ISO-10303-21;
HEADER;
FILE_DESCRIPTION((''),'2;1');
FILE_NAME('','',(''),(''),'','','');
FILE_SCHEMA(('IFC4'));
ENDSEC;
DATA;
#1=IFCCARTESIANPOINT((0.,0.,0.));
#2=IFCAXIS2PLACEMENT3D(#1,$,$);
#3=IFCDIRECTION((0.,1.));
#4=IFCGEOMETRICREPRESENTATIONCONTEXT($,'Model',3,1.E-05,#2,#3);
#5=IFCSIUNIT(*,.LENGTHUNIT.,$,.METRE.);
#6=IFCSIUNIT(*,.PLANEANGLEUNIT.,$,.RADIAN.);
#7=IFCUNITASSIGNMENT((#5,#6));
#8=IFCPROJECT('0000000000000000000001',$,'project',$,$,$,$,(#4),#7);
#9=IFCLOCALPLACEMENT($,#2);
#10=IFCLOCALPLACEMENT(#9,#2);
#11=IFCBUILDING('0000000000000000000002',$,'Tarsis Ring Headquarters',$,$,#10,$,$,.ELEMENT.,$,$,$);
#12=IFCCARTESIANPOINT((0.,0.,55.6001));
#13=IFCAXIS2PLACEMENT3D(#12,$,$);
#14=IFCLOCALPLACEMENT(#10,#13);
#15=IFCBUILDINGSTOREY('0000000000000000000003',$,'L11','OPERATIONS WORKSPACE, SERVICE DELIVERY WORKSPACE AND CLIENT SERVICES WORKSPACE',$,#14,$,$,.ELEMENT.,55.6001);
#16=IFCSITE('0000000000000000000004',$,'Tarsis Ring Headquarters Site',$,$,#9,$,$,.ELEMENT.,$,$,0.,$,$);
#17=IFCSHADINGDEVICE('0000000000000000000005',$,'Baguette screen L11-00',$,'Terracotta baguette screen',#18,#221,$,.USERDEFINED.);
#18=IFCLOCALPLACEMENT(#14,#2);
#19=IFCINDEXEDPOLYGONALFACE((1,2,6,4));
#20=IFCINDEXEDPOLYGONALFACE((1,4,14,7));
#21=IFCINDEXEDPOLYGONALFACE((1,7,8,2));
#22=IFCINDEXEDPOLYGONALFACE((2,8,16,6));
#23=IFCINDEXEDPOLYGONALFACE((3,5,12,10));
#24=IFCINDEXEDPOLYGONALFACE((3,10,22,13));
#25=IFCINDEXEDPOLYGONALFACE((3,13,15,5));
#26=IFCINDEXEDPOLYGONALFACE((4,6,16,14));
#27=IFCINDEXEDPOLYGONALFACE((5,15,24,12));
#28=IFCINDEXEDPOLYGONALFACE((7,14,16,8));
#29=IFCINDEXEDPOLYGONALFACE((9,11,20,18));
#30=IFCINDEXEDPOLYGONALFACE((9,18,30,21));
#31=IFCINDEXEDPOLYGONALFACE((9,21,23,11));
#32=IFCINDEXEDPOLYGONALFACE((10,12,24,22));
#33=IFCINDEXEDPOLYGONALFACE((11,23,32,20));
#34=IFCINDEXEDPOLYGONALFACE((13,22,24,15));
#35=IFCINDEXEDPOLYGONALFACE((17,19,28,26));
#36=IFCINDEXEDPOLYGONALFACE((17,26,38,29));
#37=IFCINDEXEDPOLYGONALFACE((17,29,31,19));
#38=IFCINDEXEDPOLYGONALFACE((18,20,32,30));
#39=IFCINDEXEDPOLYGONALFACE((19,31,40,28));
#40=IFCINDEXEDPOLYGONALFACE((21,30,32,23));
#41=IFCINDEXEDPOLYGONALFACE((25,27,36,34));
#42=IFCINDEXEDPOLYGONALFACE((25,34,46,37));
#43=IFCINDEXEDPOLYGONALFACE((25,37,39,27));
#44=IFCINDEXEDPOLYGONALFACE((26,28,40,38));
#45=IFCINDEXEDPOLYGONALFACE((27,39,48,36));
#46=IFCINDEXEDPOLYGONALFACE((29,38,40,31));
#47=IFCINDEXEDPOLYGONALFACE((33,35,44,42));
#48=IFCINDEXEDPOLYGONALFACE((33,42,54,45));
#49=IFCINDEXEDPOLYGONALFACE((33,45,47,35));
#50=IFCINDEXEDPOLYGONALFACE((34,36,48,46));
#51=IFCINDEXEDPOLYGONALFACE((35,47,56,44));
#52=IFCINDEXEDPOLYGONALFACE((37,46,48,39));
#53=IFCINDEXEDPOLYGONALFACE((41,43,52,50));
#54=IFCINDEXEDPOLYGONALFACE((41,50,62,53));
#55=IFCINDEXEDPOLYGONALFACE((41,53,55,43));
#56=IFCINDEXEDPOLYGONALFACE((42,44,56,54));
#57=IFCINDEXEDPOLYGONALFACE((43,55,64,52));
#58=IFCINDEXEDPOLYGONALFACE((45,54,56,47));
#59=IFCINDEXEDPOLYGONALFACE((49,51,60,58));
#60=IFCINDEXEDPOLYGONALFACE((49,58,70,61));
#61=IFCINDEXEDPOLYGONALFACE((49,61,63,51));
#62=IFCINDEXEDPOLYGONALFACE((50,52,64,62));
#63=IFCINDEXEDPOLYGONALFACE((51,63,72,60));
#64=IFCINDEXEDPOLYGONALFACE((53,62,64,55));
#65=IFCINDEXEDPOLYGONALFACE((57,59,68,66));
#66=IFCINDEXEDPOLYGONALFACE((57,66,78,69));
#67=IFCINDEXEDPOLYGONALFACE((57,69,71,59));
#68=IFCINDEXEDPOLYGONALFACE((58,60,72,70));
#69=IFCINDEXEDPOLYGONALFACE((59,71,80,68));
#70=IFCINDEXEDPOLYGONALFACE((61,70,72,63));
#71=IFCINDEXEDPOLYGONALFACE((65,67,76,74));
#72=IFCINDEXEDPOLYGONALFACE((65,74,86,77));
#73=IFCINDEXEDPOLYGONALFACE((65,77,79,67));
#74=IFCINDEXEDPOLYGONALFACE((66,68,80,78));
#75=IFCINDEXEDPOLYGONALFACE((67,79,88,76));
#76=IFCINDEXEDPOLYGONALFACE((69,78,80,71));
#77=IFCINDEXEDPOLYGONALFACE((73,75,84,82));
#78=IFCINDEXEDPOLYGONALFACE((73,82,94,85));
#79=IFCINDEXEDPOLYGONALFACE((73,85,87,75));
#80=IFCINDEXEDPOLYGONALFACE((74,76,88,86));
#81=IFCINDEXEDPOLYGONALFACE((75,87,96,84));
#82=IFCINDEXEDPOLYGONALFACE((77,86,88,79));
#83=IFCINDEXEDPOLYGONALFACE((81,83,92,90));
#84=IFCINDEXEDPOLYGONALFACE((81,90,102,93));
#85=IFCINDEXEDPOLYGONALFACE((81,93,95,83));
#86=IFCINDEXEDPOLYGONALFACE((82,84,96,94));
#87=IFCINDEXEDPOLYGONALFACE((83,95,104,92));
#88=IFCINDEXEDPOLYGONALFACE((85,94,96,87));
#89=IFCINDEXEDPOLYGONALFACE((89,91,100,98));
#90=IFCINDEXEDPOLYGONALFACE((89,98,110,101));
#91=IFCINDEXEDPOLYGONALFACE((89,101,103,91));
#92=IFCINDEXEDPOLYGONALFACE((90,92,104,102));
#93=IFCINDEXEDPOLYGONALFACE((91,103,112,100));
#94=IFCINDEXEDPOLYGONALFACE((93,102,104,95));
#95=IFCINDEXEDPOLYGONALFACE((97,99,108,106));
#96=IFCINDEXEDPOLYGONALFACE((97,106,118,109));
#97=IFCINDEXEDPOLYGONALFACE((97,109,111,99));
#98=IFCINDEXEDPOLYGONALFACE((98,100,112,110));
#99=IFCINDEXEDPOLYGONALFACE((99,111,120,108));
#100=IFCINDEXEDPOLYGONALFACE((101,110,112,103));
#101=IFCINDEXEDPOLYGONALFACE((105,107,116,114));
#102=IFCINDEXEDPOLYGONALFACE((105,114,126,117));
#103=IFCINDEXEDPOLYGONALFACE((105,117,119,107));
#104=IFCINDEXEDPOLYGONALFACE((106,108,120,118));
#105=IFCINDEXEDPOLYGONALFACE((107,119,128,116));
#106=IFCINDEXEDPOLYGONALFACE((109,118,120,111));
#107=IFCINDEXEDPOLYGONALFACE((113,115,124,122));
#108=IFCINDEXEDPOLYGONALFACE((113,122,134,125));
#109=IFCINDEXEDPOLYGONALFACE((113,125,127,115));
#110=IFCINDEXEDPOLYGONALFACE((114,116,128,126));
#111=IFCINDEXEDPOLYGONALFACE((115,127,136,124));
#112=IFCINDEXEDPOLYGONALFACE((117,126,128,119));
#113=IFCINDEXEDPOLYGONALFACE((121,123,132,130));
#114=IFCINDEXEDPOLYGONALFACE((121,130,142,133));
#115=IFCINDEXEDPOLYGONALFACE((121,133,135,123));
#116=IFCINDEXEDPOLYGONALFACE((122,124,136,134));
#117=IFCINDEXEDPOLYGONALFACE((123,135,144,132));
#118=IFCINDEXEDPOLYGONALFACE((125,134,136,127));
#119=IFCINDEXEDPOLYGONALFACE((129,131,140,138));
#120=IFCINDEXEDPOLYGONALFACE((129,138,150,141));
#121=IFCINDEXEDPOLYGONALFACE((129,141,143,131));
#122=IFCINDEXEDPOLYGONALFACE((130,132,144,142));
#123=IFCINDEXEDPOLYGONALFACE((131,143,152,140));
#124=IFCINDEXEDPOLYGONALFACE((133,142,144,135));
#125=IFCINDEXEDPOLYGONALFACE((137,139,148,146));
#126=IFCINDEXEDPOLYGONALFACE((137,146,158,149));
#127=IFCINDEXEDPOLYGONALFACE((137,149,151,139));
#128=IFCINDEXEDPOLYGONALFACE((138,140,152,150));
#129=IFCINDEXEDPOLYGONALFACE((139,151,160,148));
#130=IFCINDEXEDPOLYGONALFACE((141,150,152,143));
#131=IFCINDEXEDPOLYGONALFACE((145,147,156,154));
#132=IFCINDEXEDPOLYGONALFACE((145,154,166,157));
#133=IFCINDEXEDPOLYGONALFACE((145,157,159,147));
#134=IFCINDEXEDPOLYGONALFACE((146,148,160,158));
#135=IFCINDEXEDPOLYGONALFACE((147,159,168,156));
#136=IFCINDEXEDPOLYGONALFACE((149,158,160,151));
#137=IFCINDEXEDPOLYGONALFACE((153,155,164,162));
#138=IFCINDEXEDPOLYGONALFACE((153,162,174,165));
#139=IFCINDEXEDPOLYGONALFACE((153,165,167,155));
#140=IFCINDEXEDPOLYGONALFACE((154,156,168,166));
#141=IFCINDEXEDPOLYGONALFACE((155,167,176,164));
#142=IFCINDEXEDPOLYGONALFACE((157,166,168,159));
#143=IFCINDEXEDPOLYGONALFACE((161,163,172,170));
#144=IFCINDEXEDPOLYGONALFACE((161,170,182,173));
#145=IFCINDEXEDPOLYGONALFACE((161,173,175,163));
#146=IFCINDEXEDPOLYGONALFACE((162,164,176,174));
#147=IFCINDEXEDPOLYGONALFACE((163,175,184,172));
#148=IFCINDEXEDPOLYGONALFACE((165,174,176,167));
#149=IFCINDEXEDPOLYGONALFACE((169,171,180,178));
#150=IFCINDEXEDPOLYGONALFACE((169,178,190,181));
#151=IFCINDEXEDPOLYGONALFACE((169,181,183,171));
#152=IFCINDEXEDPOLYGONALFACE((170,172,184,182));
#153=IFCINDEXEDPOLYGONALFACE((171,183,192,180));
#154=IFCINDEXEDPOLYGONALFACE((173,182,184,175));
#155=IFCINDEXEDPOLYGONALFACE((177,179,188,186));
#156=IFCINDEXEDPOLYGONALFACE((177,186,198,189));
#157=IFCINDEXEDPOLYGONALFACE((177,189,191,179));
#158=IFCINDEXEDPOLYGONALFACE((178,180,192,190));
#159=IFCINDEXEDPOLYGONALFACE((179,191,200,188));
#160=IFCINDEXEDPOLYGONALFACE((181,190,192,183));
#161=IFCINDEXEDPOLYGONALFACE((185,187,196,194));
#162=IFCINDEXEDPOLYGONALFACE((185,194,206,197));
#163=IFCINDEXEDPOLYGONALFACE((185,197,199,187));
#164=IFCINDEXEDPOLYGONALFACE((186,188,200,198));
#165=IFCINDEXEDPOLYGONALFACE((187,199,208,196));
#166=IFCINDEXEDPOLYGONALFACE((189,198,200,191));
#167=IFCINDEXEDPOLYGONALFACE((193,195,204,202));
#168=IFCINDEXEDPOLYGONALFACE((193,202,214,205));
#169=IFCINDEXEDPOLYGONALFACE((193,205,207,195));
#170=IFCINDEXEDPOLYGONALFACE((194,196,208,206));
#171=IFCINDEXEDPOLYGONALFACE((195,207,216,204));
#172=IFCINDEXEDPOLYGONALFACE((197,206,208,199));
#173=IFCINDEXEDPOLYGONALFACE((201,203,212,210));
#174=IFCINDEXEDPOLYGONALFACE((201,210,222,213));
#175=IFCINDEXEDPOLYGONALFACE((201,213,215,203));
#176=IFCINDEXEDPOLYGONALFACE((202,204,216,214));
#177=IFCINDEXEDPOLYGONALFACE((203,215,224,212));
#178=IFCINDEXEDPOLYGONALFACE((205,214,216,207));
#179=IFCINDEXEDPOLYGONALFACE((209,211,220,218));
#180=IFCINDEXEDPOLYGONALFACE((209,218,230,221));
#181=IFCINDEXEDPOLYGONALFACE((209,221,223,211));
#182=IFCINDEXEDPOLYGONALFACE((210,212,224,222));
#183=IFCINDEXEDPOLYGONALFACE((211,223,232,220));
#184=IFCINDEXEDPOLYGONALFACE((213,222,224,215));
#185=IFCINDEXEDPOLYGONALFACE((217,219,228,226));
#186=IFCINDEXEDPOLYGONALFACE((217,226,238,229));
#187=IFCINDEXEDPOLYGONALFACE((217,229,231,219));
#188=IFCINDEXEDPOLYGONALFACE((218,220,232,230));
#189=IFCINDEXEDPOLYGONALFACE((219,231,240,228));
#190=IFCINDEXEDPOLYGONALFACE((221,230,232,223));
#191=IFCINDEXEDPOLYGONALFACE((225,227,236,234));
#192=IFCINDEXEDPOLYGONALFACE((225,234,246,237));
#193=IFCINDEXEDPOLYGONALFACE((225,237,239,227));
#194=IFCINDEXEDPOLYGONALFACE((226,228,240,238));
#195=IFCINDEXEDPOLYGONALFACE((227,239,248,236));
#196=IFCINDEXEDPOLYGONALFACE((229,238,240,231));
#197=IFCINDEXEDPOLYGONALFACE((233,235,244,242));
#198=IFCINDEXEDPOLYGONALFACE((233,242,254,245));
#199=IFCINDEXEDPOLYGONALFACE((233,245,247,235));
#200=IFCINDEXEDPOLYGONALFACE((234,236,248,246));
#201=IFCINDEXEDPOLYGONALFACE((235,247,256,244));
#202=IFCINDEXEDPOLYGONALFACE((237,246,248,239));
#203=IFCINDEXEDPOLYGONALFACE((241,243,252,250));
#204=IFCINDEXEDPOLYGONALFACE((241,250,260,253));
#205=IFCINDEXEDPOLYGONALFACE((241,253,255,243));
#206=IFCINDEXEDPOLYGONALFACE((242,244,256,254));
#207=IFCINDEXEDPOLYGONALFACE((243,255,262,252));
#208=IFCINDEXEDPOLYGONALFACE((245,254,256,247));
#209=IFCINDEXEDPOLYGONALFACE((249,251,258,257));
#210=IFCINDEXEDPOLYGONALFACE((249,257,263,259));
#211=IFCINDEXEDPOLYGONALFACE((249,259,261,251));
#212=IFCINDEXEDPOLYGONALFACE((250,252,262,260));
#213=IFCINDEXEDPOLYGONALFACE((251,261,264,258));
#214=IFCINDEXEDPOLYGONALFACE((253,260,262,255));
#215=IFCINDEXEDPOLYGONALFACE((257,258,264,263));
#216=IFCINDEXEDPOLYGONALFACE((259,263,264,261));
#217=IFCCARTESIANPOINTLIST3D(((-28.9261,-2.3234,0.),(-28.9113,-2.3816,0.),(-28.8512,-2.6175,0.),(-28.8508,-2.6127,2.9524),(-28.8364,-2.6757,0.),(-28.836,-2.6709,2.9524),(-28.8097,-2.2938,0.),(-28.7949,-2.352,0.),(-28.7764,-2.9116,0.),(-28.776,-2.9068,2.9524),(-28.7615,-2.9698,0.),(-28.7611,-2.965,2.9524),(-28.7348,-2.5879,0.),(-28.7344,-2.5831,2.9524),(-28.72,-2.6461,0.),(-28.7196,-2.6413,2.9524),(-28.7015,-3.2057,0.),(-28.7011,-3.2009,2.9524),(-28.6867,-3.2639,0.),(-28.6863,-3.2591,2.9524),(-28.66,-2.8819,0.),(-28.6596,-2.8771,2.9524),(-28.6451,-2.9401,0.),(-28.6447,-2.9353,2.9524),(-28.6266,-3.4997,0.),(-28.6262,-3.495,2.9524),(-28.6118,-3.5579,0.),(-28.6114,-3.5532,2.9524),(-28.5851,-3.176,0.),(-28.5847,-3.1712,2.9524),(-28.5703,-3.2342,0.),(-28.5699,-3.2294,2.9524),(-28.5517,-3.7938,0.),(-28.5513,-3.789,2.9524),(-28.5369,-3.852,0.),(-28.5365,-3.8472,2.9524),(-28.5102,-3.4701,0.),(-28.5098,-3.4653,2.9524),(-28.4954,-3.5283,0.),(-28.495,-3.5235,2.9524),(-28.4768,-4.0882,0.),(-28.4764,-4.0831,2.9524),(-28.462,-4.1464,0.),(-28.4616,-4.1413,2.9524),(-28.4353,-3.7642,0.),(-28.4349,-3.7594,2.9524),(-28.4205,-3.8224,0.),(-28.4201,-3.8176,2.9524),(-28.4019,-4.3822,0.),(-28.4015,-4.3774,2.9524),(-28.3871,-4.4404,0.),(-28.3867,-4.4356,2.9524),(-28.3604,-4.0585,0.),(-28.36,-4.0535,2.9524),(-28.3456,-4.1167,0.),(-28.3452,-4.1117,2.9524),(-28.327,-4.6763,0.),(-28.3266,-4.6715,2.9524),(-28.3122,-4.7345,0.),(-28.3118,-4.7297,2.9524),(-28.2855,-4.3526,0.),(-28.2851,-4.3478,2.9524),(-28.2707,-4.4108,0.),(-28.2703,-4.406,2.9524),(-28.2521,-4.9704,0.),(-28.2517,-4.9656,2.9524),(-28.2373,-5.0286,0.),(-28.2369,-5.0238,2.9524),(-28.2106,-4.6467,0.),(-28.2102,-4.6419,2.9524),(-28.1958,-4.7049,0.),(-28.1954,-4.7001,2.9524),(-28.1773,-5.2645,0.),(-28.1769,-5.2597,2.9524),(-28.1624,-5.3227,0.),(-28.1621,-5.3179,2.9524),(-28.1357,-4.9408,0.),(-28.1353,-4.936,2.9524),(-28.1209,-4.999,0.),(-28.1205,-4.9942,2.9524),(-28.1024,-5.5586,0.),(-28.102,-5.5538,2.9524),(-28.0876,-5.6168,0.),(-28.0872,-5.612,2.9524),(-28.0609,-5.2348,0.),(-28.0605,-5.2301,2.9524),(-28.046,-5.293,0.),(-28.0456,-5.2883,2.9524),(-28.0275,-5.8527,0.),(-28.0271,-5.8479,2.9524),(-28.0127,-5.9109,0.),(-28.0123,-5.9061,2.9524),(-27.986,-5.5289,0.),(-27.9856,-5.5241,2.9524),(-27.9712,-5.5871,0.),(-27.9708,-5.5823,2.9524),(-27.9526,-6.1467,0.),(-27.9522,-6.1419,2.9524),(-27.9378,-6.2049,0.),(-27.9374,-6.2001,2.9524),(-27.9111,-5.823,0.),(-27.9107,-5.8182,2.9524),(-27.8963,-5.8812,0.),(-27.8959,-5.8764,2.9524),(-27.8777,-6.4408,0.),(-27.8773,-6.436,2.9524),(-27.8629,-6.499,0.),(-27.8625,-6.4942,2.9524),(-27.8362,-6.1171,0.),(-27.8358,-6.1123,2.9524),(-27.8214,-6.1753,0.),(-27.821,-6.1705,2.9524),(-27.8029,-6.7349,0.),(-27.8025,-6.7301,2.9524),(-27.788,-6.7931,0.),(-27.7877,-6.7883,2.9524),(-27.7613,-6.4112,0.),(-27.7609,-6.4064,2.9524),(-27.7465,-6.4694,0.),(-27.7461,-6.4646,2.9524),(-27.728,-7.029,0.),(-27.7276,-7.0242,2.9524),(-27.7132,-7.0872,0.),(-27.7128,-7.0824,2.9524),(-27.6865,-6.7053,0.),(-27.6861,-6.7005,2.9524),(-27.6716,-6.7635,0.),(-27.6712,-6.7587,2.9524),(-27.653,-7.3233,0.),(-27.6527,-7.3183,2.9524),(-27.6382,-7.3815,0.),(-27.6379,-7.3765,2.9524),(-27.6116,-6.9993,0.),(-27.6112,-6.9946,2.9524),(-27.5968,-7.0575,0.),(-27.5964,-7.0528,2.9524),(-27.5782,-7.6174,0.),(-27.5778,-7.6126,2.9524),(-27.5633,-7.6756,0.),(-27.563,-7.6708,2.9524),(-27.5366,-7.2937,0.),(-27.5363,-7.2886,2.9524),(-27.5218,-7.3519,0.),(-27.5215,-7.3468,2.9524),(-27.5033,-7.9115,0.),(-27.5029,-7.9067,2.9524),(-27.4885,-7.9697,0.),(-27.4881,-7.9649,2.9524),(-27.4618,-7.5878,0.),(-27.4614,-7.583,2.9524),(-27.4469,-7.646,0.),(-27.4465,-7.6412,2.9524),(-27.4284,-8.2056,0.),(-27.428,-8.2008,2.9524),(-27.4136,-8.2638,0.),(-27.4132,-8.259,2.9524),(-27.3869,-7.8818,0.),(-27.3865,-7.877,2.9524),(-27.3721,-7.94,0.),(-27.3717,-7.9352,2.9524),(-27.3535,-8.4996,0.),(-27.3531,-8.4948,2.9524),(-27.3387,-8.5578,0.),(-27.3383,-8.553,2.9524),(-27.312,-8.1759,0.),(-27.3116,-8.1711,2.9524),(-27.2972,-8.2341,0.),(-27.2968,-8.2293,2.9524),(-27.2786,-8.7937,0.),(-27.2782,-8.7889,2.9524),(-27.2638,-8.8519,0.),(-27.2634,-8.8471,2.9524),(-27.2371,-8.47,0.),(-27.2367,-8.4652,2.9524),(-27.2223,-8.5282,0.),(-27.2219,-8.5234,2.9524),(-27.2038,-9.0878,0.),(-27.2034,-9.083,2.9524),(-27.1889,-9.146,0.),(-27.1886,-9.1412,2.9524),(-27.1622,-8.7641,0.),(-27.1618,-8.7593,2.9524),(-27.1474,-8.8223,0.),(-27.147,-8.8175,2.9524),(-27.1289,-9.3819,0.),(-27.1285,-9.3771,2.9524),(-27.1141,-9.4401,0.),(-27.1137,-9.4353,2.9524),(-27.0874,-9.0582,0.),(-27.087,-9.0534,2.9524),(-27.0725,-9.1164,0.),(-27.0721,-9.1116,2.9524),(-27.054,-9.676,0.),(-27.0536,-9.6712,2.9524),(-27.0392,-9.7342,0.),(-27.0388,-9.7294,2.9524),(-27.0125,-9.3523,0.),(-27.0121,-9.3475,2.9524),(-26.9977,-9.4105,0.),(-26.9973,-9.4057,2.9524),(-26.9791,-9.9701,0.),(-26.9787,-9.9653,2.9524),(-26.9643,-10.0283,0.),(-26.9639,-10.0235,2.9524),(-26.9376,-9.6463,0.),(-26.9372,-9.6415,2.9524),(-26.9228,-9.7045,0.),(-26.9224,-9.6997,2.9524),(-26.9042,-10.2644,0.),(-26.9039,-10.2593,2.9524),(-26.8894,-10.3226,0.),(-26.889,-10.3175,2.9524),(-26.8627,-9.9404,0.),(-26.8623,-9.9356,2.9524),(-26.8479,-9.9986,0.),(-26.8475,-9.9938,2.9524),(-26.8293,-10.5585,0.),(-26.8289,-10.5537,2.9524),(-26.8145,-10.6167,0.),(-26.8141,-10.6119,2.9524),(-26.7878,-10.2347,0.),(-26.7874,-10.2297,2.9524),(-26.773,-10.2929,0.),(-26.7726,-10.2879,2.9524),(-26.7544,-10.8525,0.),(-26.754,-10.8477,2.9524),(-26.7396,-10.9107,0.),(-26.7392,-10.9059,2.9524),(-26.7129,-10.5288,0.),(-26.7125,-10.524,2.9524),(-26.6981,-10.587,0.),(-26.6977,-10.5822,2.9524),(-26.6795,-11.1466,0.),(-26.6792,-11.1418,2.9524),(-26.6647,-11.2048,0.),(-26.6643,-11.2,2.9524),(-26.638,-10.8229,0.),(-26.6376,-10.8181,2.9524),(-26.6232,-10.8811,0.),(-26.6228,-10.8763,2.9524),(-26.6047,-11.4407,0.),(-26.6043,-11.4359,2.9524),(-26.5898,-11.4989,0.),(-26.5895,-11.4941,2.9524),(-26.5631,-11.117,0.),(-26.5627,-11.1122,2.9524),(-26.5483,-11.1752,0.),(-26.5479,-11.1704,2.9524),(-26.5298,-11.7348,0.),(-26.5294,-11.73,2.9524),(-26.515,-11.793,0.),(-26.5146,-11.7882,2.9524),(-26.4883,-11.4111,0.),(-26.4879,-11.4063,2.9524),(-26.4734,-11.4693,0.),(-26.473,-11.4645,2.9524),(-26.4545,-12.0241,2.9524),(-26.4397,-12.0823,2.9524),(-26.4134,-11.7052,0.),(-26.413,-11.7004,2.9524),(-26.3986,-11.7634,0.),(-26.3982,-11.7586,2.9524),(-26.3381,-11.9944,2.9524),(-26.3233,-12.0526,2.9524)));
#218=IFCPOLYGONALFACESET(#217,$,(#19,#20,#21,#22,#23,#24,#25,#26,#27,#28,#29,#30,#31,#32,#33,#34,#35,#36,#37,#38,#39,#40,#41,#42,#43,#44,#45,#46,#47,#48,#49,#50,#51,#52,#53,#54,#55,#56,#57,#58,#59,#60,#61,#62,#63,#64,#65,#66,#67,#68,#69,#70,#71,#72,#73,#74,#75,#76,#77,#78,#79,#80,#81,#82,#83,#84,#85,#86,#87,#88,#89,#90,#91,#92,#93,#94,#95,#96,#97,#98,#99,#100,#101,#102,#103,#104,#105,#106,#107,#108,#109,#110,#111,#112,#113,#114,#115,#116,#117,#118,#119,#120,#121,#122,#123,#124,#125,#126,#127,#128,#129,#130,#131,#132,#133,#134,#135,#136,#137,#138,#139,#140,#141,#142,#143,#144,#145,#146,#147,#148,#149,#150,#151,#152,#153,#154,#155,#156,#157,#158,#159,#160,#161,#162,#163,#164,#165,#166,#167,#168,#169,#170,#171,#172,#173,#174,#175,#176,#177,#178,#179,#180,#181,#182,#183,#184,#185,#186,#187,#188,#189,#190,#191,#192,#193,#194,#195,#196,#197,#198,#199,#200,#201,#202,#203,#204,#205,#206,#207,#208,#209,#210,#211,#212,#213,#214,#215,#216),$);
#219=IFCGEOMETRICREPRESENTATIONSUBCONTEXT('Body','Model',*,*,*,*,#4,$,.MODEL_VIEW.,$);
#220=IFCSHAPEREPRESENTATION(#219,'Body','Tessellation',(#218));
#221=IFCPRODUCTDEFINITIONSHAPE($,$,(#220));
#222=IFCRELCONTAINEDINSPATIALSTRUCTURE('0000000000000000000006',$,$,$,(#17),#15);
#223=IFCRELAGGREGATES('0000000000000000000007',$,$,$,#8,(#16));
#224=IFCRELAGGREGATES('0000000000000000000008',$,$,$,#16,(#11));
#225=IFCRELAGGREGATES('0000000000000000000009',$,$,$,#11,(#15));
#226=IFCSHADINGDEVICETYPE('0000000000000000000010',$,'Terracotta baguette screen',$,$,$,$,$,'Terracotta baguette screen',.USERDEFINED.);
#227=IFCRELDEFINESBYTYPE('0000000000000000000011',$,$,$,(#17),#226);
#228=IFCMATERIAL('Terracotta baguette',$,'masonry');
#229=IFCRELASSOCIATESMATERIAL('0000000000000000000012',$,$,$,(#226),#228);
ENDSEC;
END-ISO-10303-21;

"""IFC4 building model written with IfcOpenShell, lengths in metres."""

from ifc_helpers import new_model, si_unit, direction, frame, frame_2d, origin, place, context, subcontext, project, spatial, rectangle, composite_profile, extrude, material, type_object, element, save


model = new_model("IFC4")

# Units and contexts
model_context = context("Model", 3, precision=1e-05, world=origin(), true_north=direction((0.0, 1.0)))
body_context = subcontext(model_context, "Body", "Model", "MODEL_VIEW")
ifc_project = project(units=[si_unit("LENGTHUNIT", "METRE"), si_unit("PLANEANGLEUNIT", "RADIAN")], contexts=[model_context])

# Site, building, storey
site_placement = place(None, origin())
site = spatial("IfcSite", under=ifc_project, at=site_placement, Name="Tarsis Ring Headquarters Site", CompositionType="ELEMENT", RefElevation=0.0)
building_placement = place(site_placement, origin())
building = spatial("IfcBuilding", under=site, at=building_placement, Name="Tarsis Ring Headquarters", CompositionType="ELEMENT")
storey_placement = place(building_placement, frame((0.0, 0.0, 55.6001)))
storey = spatial("IfcBuildingStorey", under=building, at=storey_placement, Name="L11", Description="OPERATIONS WORKSPACE, SERVICE DELIVERY WORKSPACE AND CLIENT SERVICES WORKSPACE", CompositionType="ELEMENT", Elevation=55.6001)

# Shading device
ifc_material_1 = material(Name="Terracotta baguette", Category="masonry")
shading_device_type = type_object("IfcShadingDeviceType", Name="Terracotta baguette screen", ElementType="Terracotta baguette screen", PredefinedType="USERDEFINED", material=ifc_material_1)
shading_device_1_placement = place(storey_placement, frame((-28.8679, -2.3086, 0.0), z_axis=(0.0, 0.0, 1.0), x_axis=(0.246746, -0.969069, 0.0)))
element("IfcShadingDevice", 1, at=shading_device_1_placement, inside=storey, type_object=shading_device_type, Name="Baguette screen L11-00", ObjectType="Terracotta baguette screen", PredefinedType="USERDEFINED", context=body_context, shape_type="SweptSolid", body=[
    extrude(composite_profile([rectangle(XDim=0.0601, YDim=0.1201, at=frame_2d((0.03, 0.0))), rectangle(XDim=0.0601, YDim=0.1201, at=frame_2d((0.3335, 0.0))), rectangle(XDim=0.0601, YDim=0.1201, at=frame_2d((0.637, 0.0))), rectangle(XDim=0.0601, YDim=0.1201, at=frame_2d((0.9404, 0.0))), rectangle(XDim=0.0601, YDim=0.1201, at=frame_2d((1.2439, 0.0))), rectangle(XDim=0.0601, YDim=0.1201, at=frame_2d((1.5474, 0.0))), rectangle(XDim=0.0601, YDim=0.1201, at=frame_2d((1.8511, 0.0))), rectangle(XDim=0.0601, YDim=0.1201, at=frame_2d((2.1545, 0.0))), rectangle(XDim=0.0601, YDim=0.1201, at=frame_2d((2.458, 0.0))), rectangle(XDim=0.0601, YDim=0.1201, at=frame_2d((2.7615, 0.0))), rectangle(XDim=0.0601, YDim=0.1201, at=frame_2d((3.0649, 0.0))), rectangle(XDim=0.0601, YDim=0.1201, at=frame_2d((3.3684, 0.0))), rectangle(XDim=0.0601, YDim=0.1201, at=frame_2d((3.6719, 0.0))), rectangle(XDim=0.0601, YDim=0.1201, at=frame_2d((3.9753, 0.0))), rectangle(XDim=0.0601, YDim=0.1201, at=frame_2d((4.2788, 0.0))), rectangle(XDim=0.0601, YDim=0.1201, at=frame_2d((4.5823, 0.0))), rectangle(XDim=0.0601, YDim=0.1201, at=frame_2d((4.8857, 0.0))), rectangle(XDim=0.0601, YDim=0.1201, at=frame_2d((5.1895, 0.0))), rectangle(XDim=0.0601, YDim=0.1201, at=frame_2d((5.4929, 0.0))), rectangle(XDim=0.0601, YDim=0.1201, at=frame_2d((5.7964, 0.0))), rectangle(XDim=0.0601, YDim=0.1201, at=frame_2d((6.0999, 0.0))), rectangle(XDim=0.0601, YDim=0.1201, at=frame_2d((6.4033, 0.0))), rectangle(XDim=0.0601, YDim=0.1201, at=frame_2d((6.7068, 0.0))), rectangle(XDim=0.0601, YDim=0.1201, at=frame_2d((7.0103, 0.0))), rectangle(XDim=0.0601, YDim=0.1201, at=frame_2d((7.3137, 0.0))), rectangle(XDim=0.0601, YDim=0.1201, at=frame_2d((7.6172, 0.0))), rectangle(XDim=0.0601, YDim=0.1201, at=frame_2d((7.9207, 0.0))), rectangle(XDim=0.0601, YDim=0.1201, at=frame_2d((8.2244, 0.0))), rectangle(XDim=0.0601, YDim=0.1201, at=frame_2d((8.5278, 0.0))), rectangle(XDim=0.0601, YDim=0.1201, at=frame_2d((8.8313, 0.0))), rectangle(XDim=0.0601, YDim=0.1201, at=frame_2d((9.1348, 0.0))), rectangle(XDim=0.0601, YDim=0.1201, at=frame_2d((9.4382, 0.0))), rectangle(XDim=0.0601, YDim=0.1201, at=frame_2d((9.7417, 0.0)))]), origin(), (0.100729, 0.000527, 0.994914), 2.9675),
])

save(model, "model.ifc")
